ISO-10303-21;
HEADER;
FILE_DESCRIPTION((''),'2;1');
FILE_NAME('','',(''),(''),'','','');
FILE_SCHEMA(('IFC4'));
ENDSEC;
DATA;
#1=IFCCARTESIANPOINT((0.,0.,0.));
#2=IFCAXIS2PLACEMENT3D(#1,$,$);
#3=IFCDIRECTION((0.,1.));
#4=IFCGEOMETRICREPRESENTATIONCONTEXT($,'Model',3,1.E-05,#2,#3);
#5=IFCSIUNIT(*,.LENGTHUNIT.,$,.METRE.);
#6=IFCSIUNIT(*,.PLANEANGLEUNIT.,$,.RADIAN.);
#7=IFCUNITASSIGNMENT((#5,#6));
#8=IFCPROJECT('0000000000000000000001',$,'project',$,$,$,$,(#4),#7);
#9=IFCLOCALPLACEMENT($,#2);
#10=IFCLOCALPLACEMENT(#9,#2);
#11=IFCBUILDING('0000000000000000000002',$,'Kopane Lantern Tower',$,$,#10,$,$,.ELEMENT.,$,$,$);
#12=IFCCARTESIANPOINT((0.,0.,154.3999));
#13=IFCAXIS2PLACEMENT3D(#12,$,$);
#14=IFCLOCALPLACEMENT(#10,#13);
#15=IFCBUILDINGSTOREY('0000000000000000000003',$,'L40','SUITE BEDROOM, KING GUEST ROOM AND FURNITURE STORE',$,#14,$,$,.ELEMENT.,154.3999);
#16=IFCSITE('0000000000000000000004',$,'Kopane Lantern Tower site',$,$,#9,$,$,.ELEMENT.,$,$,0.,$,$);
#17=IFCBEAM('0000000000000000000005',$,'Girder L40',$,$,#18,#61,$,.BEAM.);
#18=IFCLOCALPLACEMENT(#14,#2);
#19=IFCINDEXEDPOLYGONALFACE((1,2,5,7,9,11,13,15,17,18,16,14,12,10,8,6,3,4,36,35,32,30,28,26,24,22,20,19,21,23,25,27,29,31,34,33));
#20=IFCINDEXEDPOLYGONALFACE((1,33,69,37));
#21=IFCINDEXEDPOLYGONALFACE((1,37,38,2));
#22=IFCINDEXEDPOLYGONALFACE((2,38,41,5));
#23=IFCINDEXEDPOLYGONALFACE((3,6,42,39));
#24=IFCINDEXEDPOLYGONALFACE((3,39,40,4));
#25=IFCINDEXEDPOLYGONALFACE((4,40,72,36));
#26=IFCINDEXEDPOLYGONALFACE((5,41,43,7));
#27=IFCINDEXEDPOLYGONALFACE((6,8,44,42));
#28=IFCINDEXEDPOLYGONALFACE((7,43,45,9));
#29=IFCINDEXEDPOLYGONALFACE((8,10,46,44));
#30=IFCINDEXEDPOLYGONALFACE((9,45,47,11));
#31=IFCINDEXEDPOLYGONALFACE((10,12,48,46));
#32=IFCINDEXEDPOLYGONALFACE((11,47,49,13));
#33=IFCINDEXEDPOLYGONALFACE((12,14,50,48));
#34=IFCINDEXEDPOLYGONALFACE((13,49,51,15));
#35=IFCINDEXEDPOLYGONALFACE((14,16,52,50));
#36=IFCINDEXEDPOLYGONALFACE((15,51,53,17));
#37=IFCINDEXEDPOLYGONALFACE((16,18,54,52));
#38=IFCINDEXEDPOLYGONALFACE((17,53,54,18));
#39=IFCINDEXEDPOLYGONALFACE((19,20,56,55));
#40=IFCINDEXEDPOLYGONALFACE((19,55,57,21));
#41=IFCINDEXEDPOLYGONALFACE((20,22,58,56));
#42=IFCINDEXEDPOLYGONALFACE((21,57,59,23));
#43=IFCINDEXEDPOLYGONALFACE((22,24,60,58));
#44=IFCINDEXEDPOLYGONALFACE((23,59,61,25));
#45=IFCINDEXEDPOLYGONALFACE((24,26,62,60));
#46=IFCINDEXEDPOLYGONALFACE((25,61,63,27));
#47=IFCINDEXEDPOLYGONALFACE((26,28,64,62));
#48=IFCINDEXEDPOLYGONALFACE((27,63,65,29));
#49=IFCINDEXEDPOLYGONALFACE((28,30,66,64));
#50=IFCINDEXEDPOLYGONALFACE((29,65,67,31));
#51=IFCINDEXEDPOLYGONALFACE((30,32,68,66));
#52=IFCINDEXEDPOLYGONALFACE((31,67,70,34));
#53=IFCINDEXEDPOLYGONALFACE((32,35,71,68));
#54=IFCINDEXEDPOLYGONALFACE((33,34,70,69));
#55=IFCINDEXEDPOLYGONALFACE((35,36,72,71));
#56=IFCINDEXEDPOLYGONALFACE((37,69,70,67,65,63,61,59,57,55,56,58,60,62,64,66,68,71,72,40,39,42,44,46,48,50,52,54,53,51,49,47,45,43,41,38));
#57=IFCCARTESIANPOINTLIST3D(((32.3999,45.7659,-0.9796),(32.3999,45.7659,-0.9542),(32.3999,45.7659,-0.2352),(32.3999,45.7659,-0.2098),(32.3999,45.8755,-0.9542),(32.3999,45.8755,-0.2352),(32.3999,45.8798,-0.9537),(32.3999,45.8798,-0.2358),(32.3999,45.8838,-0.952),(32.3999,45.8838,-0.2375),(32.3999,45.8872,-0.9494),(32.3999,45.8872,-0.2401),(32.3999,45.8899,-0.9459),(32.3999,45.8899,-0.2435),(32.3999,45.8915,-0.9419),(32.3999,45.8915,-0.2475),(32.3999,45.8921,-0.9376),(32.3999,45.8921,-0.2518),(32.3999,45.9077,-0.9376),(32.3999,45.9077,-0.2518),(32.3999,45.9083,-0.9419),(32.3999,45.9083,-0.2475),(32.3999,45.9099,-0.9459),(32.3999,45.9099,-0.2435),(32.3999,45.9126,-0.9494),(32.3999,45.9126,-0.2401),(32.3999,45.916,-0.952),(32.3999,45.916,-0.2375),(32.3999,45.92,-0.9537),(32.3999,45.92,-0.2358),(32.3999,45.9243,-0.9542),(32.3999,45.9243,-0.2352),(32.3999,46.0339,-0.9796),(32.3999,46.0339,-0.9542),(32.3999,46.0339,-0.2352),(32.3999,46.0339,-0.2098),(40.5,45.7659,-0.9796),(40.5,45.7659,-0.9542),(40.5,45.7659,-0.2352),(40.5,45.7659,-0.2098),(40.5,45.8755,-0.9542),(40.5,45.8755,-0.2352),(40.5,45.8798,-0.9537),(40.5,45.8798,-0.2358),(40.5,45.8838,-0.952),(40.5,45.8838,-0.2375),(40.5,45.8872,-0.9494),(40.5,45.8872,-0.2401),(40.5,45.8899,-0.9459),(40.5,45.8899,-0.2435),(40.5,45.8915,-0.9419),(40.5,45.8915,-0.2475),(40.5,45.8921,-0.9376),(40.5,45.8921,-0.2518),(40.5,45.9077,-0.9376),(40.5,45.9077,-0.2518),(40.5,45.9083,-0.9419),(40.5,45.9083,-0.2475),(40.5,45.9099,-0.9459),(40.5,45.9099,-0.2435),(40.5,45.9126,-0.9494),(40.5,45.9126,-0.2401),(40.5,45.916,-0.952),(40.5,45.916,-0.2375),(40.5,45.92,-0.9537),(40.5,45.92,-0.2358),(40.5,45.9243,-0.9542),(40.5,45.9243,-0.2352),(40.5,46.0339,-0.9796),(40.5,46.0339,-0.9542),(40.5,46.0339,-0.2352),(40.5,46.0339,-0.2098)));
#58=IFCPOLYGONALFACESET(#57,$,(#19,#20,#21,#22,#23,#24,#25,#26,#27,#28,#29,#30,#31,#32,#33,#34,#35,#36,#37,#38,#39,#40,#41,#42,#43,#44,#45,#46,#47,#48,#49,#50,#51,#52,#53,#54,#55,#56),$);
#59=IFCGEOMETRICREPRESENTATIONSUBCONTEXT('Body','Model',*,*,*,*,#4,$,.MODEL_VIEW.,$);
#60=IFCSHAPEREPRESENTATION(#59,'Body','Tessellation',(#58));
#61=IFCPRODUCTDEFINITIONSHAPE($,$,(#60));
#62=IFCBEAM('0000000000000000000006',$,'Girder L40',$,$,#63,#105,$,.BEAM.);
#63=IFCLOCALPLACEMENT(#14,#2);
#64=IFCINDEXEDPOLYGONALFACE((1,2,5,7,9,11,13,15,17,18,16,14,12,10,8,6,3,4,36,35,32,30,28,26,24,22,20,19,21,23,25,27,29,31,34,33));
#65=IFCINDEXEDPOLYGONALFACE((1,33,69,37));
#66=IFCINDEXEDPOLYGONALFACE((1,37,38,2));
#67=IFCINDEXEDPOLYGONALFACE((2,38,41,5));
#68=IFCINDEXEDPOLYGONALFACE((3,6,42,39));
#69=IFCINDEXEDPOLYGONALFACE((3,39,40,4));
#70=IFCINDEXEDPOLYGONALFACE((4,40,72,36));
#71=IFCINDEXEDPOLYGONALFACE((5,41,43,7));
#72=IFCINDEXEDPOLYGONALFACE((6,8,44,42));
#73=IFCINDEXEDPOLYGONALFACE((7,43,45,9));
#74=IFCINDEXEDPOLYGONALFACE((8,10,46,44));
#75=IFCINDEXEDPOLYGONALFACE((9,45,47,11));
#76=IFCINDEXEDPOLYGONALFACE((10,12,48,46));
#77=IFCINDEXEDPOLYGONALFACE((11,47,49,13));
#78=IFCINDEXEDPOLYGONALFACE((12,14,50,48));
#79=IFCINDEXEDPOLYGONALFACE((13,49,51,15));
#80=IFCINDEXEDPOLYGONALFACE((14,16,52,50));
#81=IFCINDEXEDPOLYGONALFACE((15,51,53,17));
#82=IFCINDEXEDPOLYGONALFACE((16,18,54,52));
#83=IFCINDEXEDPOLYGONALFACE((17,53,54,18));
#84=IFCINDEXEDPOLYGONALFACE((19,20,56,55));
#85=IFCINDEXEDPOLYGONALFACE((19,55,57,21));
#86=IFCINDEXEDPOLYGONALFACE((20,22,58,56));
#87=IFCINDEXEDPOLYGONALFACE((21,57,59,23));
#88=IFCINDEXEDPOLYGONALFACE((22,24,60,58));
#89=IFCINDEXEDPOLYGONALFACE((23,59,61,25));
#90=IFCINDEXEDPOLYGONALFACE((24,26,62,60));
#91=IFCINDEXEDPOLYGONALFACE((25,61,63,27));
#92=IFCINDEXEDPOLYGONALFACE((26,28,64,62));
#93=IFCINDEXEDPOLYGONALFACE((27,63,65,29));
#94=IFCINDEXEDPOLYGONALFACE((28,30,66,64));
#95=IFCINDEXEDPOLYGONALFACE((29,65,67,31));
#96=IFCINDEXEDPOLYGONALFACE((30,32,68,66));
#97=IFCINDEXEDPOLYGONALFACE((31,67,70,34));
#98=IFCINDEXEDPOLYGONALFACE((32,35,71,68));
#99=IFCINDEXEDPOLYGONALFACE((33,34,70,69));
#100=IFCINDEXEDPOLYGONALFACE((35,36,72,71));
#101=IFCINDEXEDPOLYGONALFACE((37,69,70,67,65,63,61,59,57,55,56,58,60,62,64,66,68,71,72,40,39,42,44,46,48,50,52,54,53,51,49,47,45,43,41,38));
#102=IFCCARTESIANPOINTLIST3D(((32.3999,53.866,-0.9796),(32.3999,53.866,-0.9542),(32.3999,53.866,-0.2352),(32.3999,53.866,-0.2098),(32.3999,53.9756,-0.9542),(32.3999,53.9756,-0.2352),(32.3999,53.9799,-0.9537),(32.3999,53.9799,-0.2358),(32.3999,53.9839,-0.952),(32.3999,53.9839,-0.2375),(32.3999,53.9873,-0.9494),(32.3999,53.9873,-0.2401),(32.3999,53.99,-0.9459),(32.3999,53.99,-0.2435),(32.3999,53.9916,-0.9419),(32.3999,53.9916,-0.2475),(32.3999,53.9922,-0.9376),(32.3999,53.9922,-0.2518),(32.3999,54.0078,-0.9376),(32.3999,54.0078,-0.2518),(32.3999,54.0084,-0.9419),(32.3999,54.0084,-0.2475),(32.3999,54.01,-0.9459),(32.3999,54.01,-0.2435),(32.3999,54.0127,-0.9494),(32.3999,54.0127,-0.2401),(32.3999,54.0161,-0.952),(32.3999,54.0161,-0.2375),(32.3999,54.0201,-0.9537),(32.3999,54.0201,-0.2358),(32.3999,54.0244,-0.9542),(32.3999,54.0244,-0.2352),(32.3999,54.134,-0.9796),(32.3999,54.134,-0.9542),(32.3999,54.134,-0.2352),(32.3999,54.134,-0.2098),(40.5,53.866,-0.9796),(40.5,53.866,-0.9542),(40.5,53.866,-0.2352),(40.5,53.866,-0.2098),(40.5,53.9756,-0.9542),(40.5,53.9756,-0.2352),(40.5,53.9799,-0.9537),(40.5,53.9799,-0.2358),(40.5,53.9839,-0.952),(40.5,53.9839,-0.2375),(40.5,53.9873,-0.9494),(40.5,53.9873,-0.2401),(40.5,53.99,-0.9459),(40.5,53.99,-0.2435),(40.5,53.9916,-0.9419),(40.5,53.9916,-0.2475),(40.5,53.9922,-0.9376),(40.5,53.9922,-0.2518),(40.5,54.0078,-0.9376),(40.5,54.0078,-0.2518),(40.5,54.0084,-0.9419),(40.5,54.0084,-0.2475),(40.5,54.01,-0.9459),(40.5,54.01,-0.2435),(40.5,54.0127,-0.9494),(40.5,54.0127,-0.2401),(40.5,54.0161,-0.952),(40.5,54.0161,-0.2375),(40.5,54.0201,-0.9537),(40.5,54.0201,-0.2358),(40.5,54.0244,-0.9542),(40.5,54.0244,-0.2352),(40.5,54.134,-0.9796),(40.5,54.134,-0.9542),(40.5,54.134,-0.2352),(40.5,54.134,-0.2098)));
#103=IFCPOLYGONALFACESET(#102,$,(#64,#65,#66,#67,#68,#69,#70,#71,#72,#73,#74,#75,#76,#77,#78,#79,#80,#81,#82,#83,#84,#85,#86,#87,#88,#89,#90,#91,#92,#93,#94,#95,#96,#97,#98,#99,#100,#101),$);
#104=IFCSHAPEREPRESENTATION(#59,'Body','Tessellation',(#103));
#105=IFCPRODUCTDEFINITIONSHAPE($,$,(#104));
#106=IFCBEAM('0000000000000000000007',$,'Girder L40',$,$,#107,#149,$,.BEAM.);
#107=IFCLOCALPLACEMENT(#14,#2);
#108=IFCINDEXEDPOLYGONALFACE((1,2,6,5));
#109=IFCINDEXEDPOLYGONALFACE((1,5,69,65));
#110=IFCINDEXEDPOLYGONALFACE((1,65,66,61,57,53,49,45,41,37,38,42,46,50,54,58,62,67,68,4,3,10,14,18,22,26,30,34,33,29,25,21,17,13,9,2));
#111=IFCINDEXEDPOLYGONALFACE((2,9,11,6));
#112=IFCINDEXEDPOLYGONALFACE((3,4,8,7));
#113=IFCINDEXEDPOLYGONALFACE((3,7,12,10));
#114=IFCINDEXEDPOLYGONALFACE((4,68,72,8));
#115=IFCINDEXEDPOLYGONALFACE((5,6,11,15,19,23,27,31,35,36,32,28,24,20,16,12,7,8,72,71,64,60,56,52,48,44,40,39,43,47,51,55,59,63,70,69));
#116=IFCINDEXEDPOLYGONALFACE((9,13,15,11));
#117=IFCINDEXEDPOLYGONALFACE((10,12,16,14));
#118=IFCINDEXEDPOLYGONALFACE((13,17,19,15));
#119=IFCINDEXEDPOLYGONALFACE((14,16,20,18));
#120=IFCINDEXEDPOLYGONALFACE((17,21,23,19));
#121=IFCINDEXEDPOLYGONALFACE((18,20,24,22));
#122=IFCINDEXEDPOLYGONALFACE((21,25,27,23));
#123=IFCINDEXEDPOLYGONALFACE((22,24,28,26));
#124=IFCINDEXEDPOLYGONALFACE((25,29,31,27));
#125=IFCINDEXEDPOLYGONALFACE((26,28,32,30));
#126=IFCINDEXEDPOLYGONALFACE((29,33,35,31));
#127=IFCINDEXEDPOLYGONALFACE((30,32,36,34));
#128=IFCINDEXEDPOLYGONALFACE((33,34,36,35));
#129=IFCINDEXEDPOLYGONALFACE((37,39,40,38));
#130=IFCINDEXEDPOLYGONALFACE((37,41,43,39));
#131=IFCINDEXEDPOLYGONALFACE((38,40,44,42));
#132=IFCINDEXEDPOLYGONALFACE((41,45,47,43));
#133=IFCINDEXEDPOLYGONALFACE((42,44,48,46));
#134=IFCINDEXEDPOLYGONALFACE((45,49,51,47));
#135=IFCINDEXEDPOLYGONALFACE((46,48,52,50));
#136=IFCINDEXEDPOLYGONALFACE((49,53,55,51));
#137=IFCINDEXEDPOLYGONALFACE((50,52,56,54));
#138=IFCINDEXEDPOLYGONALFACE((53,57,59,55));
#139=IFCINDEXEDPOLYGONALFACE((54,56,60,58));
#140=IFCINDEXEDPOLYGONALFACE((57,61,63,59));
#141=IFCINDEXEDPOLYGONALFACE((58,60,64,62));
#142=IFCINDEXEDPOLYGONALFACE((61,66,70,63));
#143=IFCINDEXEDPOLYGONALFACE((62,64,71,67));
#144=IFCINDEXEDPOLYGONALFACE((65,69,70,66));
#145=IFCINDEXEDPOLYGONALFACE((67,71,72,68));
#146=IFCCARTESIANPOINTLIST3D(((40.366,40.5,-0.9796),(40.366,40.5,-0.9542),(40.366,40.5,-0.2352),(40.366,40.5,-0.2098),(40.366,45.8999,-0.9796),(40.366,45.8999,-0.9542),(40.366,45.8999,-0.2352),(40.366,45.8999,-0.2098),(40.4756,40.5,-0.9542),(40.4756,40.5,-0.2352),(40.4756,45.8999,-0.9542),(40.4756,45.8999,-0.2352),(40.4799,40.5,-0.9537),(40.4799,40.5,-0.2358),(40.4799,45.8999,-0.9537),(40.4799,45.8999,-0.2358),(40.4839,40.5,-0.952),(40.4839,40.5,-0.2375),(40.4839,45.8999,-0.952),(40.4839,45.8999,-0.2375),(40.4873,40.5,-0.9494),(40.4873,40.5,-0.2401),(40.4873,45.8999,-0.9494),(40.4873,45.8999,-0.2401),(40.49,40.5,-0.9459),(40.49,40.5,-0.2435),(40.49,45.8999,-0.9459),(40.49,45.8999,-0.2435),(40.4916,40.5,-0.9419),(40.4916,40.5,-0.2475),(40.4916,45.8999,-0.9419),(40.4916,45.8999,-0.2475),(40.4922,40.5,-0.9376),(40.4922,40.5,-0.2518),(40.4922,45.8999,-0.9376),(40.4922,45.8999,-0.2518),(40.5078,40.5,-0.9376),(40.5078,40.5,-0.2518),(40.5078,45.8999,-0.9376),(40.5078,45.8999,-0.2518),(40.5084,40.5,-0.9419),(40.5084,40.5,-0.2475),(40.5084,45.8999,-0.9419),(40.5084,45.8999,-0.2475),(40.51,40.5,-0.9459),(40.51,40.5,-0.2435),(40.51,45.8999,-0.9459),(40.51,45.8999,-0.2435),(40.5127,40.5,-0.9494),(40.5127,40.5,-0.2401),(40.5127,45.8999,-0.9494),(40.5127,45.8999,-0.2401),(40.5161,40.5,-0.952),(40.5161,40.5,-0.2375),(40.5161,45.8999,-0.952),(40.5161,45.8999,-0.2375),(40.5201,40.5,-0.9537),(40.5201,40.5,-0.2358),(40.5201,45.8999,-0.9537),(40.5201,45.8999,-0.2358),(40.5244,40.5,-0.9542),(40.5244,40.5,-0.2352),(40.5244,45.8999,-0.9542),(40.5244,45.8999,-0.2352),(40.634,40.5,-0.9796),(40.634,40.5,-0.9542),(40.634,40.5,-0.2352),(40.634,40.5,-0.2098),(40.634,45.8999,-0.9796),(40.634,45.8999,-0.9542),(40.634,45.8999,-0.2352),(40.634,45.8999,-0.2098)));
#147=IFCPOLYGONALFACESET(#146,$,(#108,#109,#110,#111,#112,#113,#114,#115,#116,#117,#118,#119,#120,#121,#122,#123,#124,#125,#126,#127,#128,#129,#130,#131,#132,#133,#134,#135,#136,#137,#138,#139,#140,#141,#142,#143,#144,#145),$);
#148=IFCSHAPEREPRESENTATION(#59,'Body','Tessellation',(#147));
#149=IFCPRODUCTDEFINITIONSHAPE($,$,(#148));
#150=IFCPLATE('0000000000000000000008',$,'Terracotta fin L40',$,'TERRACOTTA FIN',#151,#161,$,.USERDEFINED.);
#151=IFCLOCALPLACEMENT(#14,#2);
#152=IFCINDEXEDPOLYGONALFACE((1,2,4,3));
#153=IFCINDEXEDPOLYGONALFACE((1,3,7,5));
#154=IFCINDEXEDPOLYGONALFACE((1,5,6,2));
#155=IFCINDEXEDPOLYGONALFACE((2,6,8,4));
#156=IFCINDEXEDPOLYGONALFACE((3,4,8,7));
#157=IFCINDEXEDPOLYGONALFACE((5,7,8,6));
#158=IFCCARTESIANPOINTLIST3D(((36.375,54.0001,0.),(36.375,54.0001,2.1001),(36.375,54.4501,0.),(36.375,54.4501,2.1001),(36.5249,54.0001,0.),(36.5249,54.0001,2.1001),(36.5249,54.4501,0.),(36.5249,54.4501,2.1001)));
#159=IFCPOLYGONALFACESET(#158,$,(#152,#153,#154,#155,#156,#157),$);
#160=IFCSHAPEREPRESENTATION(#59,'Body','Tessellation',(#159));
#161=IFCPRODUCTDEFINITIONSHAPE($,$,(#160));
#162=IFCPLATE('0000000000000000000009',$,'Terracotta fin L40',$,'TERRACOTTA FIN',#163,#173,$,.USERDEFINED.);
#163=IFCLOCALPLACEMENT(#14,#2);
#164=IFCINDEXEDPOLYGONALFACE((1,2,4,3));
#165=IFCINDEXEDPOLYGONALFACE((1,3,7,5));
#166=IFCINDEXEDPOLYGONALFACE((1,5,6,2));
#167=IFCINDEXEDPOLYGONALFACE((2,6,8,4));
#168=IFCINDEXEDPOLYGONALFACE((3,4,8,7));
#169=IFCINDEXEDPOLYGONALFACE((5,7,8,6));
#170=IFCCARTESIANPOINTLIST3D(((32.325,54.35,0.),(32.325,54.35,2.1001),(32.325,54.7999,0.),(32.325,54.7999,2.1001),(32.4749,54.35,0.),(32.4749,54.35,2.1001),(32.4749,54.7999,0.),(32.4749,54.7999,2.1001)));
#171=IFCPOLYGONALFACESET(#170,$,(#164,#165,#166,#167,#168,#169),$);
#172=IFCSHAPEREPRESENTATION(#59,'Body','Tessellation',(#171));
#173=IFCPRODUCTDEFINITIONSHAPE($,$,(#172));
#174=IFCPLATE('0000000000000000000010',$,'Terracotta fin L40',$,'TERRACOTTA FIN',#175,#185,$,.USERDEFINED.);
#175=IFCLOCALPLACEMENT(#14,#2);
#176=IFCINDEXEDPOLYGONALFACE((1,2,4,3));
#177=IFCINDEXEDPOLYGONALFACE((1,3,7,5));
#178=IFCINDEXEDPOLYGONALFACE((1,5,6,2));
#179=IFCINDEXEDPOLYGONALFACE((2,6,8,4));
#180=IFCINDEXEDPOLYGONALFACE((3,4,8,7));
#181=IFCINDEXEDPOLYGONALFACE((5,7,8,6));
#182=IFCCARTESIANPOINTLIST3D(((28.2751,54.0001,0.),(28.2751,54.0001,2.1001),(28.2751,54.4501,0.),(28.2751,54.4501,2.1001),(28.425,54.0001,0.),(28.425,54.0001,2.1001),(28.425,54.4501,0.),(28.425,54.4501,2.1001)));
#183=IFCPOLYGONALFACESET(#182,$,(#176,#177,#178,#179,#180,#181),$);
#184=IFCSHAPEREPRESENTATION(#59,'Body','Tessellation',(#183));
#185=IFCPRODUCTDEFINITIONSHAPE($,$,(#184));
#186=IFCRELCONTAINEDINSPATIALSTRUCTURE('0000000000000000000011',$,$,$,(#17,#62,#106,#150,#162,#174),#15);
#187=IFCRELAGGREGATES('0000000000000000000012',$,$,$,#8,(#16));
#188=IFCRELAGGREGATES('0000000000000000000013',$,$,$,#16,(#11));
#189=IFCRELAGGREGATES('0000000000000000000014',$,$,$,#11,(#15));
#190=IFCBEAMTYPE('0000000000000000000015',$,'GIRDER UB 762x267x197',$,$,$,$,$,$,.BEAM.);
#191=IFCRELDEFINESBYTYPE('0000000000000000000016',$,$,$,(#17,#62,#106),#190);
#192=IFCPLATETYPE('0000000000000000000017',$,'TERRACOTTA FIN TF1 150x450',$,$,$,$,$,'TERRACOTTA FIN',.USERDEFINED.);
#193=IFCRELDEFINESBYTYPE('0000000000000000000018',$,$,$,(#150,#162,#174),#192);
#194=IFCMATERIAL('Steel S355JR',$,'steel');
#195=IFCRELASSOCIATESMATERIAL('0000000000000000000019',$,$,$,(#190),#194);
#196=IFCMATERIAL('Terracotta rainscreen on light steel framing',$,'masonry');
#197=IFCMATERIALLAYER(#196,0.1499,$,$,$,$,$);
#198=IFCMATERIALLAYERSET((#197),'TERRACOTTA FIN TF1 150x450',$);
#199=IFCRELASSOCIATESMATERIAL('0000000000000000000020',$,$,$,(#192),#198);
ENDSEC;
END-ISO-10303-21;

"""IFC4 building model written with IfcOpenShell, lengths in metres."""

from ifc_helpers import new_model, si_unit, direction, frame, origin, origin_2d, place, context, subcontext, project, spatial, rectangle, i_section, extrude, material, layer, layer_set, material_profile, profile_set, type_object, element, save


model = new_model("IFC4")

# Units and contexts
model_context = context("Model", 3, precision=1e-05, world=origin(), true_north=direction((0.0, 1.0)))
body_context = subcontext(model_context, "Body", "Model", "MODEL_VIEW")
ifc_project = project(units=[si_unit("LENGTHUNIT", "METRE"), si_unit("PLANEANGLEUNIT", "RADIAN")], contexts=[model_context])

# Site, building, storey
site_placement = place(None, origin())
site = spatial("IfcSite", under=ifc_project, at=site_placement, Name="Kopane Lantern Tower site", CompositionType="ELEMENT", RefElevation=0.0)
building_placement = place(site_placement, origin())
building = spatial("IfcBuilding", under=site, at=building_placement, Name="Kopane Lantern Tower", CompositionType="ELEMENT")
storey_placement = place(building_placement, frame((0.0, 0.0, 154.3999)))
storey = spatial("IfcBuildingStorey", under=building, at=storey_placement, Name="L40", Description="SUITE BEDROOM, KING GUEST ROOM AND FURNITURE STORE", CompositionType="ELEMENT", Elevation=154.3999)

# Beams
ifc_material_1 = material(Name="Steel S355JR", Category="steel")
ifc_material_profile_1 = material_profile(ifc_material_1, i_section(OverallWidth=0.2681, OverallDepth=0.7698, WebThickness=0.0156, FlangeThickness=0.0254, FilletRadius=0.0166, at=origin_2d()), Name="UB 762x267x197")
ifc_profile_set_1 = profile_set([ifc_material_profile_1], Name="Steel S355JR")
beam_type = type_object("IfcBeamType", Name="GIRDER UB 762x267x197", PredefinedType="BEAM", material=ifc_profile_set_1)
for number, where, z_axis, x_axis, name in (
    (1, (32.3999, 45.8999, -0.5947), (1.0, 0.0, 0.0), (0.0, 1.0, 0.0), "Girder L40"),
    (2, (32.3999, 54.0, -0.5947), (1.0, 0.0, 0.0), (0.0, 1.0, 0.0), "Girder L40"),
):
    element("IfcBeam", number, at=place(storey_placement, frame(where, z_axis=z_axis, x_axis=x_axis)), inside=storey, type_object=beam_type, Name=name, PredefinedType="BEAM", context=body_context, shape_type="SweptSolid", body=[
        extrude(i_section(OverallWidth=0.2681, OverallDepth=0.7698, WebThickness=0.0156, FlangeThickness=0.0254, FilletRadius=0.0166, at=origin_2d()), origin(), (0.0, 0.0, 1.0), 8.1001),
    ])
beam_placement = place(storey_placement, frame((40.5, 40.5, -0.5947), z_axis=(0.0, 1.0, 0.0), x_axis=(-1.0, 0.0, 0.0)))
element("IfcBeam", 3, at=beam_placement, inside=storey, type_object=beam_type, Name="Girder L40", PredefinedType="BEAM", context=body_context, shape_type="SweptSolid", body=[
    extrude(i_section(OverallWidth=0.2681, OverallDepth=0.7698, WebThickness=0.0156, FlangeThickness=0.0254, FilletRadius=0.0166, at=origin_2d()), origin(), (0.0, 0.0, 1.0), 5.3999),
])

# Plates
ifc_material_2 = material(Name="Terracotta rainscreen on light steel framing", Category="masonry")
ifc_layer_1 = layer(ifc_material_2, 0.1499)
ifc_layer_set_1 = layer_set([ifc_layer_1], Name="TERRACOTTA FIN TF1 150x450")
plate_type = type_object("IfcPlateType", Name="TERRACOTTA FIN TF1 150x450", ElementType="TERRACOTTA FIN", PredefinedType="USERDEFINED", material=ifc_layer_set_1)
for number, where, z_axis, x_axis, name in (
    (4, (36.45, 54.2251, 0.0), (0.0, 0.0, 1.0), (-1.0, 0.0, 0.0), "Terracotta fin L40"),
    (5, (32.3999, 54.575, 0.0), (0.0, 0.0, 1.0), (-1.0, 0.0, 0.0), "Terracotta fin L40"),
    (6, (28.3501, 54.2251, 0.0), (0.0, 0.0, 1.0), (-1.0, 0.0, 0.0), "Terracotta fin L40"),
):
    element("IfcPlate", number, at=place(storey_placement, frame(where, z_axis=z_axis, x_axis=x_axis)), inside=storey, type_object=plate_type, Name=name, ObjectType="TERRACOTTA FIN", PredefinedType="USERDEFINED", context=body_context, shape_type="SweptSolid", body=[
        extrude(rectangle(XDim=0.1499, YDim=0.45, at=origin_2d()), origin(), (0.0, 0.0, 1.0), 2.1001),
    ])

save(model, "model.ifc")
